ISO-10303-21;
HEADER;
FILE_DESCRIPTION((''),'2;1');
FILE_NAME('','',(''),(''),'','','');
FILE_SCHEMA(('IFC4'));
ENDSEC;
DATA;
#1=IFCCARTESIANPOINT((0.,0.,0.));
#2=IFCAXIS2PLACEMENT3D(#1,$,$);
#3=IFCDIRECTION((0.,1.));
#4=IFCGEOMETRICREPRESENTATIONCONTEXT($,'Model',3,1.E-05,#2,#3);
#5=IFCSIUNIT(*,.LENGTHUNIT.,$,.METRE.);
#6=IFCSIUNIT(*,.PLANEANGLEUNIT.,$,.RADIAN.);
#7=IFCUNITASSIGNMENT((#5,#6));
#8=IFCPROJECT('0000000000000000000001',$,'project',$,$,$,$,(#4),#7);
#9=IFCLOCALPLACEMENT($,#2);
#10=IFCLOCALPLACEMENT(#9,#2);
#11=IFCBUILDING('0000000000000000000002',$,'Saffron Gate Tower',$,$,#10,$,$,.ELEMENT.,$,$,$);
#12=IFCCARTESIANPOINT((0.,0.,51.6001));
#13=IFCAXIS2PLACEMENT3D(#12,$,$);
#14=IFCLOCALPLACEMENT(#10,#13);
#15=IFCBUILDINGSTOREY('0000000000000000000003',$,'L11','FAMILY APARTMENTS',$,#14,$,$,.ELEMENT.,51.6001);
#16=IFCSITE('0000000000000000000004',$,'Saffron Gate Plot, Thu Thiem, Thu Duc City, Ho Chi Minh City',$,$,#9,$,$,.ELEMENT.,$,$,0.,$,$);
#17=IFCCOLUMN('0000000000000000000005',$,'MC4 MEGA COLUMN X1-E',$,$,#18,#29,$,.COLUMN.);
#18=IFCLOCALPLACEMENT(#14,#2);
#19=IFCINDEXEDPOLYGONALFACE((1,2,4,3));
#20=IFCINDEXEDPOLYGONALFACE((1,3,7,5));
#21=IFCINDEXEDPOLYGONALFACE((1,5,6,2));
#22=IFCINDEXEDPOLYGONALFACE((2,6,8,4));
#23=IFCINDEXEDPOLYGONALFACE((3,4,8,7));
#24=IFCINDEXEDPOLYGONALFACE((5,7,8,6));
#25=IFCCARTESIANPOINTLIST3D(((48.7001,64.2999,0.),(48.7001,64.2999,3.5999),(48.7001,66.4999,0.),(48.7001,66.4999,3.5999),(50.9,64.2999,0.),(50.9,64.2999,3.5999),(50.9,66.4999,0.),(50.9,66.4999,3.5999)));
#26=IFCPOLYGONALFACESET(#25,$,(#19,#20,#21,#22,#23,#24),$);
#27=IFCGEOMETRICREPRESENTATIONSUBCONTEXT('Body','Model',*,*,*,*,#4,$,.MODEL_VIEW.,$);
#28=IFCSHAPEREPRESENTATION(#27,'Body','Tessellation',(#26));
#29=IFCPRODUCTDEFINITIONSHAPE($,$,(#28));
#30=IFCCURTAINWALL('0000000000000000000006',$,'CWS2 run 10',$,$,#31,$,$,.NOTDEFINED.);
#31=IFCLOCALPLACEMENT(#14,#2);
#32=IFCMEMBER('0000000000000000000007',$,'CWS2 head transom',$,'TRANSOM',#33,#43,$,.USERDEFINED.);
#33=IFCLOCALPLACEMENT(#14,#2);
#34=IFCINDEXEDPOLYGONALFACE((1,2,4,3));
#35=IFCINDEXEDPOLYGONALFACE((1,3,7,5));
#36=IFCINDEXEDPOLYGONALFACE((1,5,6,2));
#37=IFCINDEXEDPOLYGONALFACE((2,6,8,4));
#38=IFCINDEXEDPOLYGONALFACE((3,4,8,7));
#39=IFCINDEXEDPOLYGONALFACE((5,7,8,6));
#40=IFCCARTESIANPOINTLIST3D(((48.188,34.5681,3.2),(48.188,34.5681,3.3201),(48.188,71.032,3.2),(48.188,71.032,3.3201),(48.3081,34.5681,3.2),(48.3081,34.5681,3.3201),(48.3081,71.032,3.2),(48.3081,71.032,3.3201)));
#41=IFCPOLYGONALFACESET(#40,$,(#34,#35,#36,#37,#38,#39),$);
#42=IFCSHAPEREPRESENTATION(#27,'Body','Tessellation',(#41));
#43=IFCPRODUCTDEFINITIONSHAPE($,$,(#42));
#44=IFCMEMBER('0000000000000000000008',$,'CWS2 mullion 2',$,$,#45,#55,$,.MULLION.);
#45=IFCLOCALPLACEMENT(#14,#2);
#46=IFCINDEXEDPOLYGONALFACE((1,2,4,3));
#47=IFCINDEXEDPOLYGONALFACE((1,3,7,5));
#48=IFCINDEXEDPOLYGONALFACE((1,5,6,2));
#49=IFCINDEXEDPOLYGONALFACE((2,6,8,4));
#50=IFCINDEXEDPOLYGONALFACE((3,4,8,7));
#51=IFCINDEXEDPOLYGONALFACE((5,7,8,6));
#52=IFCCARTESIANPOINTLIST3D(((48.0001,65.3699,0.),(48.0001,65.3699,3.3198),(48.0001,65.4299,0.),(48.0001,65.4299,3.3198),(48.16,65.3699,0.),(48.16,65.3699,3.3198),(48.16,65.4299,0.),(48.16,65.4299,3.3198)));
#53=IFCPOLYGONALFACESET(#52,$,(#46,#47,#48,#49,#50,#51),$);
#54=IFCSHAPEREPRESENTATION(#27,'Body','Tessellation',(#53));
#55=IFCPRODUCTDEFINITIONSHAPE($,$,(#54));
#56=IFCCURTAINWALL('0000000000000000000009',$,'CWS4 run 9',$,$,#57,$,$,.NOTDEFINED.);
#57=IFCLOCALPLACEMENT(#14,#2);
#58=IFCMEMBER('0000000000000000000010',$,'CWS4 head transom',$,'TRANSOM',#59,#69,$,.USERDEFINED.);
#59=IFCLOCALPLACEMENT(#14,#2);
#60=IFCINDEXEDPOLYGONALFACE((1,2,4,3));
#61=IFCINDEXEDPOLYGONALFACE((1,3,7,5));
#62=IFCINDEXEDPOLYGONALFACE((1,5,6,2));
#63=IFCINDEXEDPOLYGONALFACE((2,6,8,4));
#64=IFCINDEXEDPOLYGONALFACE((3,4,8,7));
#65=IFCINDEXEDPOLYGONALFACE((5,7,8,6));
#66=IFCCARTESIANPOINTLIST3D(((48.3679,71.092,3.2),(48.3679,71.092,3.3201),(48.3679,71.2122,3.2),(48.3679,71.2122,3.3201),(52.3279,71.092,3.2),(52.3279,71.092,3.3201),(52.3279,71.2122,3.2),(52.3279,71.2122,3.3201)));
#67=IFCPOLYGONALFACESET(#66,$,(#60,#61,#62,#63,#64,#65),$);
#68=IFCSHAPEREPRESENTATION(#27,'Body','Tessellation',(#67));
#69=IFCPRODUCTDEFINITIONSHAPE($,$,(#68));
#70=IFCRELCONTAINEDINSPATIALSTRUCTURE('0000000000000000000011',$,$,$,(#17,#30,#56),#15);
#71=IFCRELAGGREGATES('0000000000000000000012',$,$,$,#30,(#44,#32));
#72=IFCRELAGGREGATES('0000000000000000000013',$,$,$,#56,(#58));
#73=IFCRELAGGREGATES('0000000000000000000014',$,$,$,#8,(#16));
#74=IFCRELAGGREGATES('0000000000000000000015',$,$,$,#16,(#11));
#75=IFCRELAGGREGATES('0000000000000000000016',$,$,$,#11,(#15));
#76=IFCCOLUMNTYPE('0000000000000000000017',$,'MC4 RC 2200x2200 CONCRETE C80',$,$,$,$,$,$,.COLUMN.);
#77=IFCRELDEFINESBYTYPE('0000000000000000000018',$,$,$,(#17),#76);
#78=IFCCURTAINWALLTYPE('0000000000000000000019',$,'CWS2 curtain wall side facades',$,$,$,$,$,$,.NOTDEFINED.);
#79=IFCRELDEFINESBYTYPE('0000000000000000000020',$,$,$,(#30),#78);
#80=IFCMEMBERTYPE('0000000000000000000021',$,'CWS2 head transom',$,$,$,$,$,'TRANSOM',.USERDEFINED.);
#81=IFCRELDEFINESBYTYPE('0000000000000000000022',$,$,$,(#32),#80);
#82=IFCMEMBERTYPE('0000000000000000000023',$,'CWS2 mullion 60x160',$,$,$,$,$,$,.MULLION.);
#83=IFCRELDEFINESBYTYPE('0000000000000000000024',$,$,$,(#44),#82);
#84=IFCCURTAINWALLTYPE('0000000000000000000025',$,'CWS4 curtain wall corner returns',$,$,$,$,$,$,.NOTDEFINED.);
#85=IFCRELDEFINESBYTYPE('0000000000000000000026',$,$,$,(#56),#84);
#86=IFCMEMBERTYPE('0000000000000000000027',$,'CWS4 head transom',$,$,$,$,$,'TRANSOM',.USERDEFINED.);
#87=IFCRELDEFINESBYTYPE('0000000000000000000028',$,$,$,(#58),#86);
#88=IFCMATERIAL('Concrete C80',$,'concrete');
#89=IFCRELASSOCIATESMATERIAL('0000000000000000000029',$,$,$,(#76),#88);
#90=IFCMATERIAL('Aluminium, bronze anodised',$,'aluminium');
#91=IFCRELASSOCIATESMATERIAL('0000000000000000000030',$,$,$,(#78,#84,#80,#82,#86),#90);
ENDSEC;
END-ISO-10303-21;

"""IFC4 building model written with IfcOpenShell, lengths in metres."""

from ifc_helpers import new_model, si_unit, direction, frame, origin, origin_2d, place, context, subcontext, project, spatial, rectangle, extrude, material, material_profile, profile_set, type_object, element, aggregate, save


model = new_model("IFC4")

# Units and contexts
model_context = context("Model", 3, precision=1e-05, world=origin(), true_north=direction((0.0, 1.0)))
body_context = subcontext(model_context, "Body", "Model", "MODEL_VIEW")
ifc_project = project(units=[si_unit("LENGTHUNIT", "METRE"), si_unit("PLANEANGLEUNIT", "RADIAN")], contexts=[model_context])

# Site, building, storey
site_placement = place(None, origin())
site = spatial("IfcSite", under=ifc_project, at=site_placement, Name="Saffron Gate Plot, Thu Thiem, Thu Duc City, Ho Chi Minh City", CompositionType="ELEMENT", RefElevation=0.0)
building_placement = place(site_placement, origin())
building = spatial("IfcBuilding", under=site, at=building_placement, Name="Saffron Gate Tower", CompositionType="ELEMENT")
storey_placement = place(building_placement, frame((0.0, 0.0, 51.6001)))
storey = spatial("IfcBuildingStorey", under=building, at=storey_placement, Name="L11", Description="FAMILY APARTMENTS", CompositionType="ELEMENT", Elevation=51.6001)

# Column
ifc_material_1 = material(Name="Concrete C80", Category="concrete")
ifc_material_profile_1 = material_profile(ifc_material_1, rectangle(XDim=2.2, YDim=2.2, at=origin_2d()))
ifc_profile_set_1 = profile_set([ifc_material_profile_1], Name="Concrete C80")
column_type = type_object("IfcColumnType", Name="MC4 RC 2200x2200 CONCRETE C80", PredefinedType="COLUMN", material=ifc_profile_set_1)
column_placement = place(storey_placement, frame((49.8, 65.3999, 0.0), z_axis=(0.0, 0.0, 1.0), x_axis=(1.0, 0.0, 0.0)))
element("IfcColumn", 1, at=column_placement, inside=storey, type_object=column_type, Name="MC4 MEGA COLUMN X1-E", PredefinedType="COLUMN", context=body_context, shape_type="SweptSolid", body=[
    extrude(rectangle(XDim=2.2, YDim=2.2, at=origin_2d()), origin(), (0.0, 0.0, 1.0), 3.5999),
])

# Curtain wall, members
ifc_material_2 = material(Name="Aluminium, bronze anodised", Category="aluminium")
curtain_wall_type_1 = type_object("IfcCurtainWallType", Name="CWS2 curtain wall side facades", PredefinedType="NOTDEFINED", material=ifc_material_2)
curtain_wall_1_placement = place(storey_placement, origin())
curtain_wall_1 = element("IfcCurtainWall", 2, at=curtain_wall_1_placement, inside=storey, type_object=curtain_wall_type_1, Name="CWS2 run 10", PredefinedType="NOTDEFINED")
ifc_material_profile_2 = material_profile(ifc_material_2, rectangle(XDim=0.1201, YDim=0.1201, at=origin_2d()))
ifc_profile_set_2 = profile_set([ifc_material_profile_2], Name="Aluminium, bronze anodised")
member_type_1 = type_object("IfcMemberType", Name="CWS2 head transom", ElementType="TRANSOM", PredefinedType="USERDEFINED", material=ifc_profile_set_2)
member_1_placement = place(storey_placement, frame((48.248, 71.032, 3.26), z_axis=(0.0, -1.0, 0.0), x_axis=(1.0, 0.0, 0.0)))
member_1 = element("IfcMember", 3, at=member_1_placement, type_object=member_type_1, Name="CWS2 head transom", ObjectType="TRANSOM", PredefinedType="USERDEFINED", context=body_context, shape_type="SweptSolid", body=[
    extrude(rectangle(XDim=0.1201, YDim=0.1201, at=origin_2d()), origin(), (0.0, 0.0, 1.0), 36.4639),
])
ifc_material_profile_3 = material_profile(ifc_material_2, rectangle(XDim=0.1599, YDim=0.0601, at=origin_2d()))
ifc_profile_set_3 = profile_set([ifc_material_profile_3], Name="Aluminium, bronze anodised")
member_type_2 = type_object("IfcMemberType", Name="CWS2 mullion 60x160", PredefinedType="MULLION", material=ifc_profile_set_3)
member_2_placement = place(storey_placement, frame((48.0801, 65.3999, 0.0), z_axis=(0.0, 0.0, 1.0), x_axis=(1.0, 0.0, 0.0)))
member_2 = element("IfcMember", 4, at=member_2_placement, type_object=member_type_2, Name="CWS2 mullion 2", PredefinedType="MULLION", context=body_context, shape_type="SweptSolid", body=[
    extrude(rectangle(XDim=0.1599, YDim=0.0601, at=origin_2d()), origin(), (0.0, 0.0, 1.0), 3.3198),
])

# Curtain wall, member
curtain_wall_type_2 = type_object("IfcCurtainWallType", Name="CWS4 curtain wall corner returns", PredefinedType="NOTDEFINED", material=ifc_material_2)
curtain_wall_2_placement = place(storey_placement, origin())
curtain_wall_2 = element("IfcCurtainWall", 5, at=curtain_wall_2_placement, inside=storey, type_object=curtain_wall_type_2, Name="CWS4 run 9", PredefinedType="NOTDEFINED")
ifc_material_profile_4 = material_profile(ifc_material_2, rectangle(XDim=0.1201, YDim=0.1201, at=origin_2d()))
ifc_profile_set_4 = profile_set([ifc_material_profile_4], Name="Aluminium, bronze anodised")
member_type_3 = type_object("IfcMemberType", Name="CWS4 head transom", ElementType="TRANSOM", PredefinedType="USERDEFINED", material=ifc_profile_set_4)
member_3_placement = place(storey_placement, frame((52.3279, 71.1521, 3.26), z_axis=(-1.0, 0.0, 0.0), x_axis=(0.0, -1.0, 0.0)))
member_3 = element("IfcMember", 6, at=member_3_placement, type_object=member_type_3, Name="CWS4 head transom", ObjectType="TRANSOM", PredefinedType="USERDEFINED", context=body_context, shape_type="SweptSolid", body=[
    extrude(rectangle(XDim=0.1201, YDim=0.1201, at=origin_2d()), origin(), (0.0, 0.0, 1.0), 3.96),
])

aggregate(curtain_wall_1, [member_2, member_1])

aggregate(curtain_wall_2, [member_3])

save(model, "model.ifc")
